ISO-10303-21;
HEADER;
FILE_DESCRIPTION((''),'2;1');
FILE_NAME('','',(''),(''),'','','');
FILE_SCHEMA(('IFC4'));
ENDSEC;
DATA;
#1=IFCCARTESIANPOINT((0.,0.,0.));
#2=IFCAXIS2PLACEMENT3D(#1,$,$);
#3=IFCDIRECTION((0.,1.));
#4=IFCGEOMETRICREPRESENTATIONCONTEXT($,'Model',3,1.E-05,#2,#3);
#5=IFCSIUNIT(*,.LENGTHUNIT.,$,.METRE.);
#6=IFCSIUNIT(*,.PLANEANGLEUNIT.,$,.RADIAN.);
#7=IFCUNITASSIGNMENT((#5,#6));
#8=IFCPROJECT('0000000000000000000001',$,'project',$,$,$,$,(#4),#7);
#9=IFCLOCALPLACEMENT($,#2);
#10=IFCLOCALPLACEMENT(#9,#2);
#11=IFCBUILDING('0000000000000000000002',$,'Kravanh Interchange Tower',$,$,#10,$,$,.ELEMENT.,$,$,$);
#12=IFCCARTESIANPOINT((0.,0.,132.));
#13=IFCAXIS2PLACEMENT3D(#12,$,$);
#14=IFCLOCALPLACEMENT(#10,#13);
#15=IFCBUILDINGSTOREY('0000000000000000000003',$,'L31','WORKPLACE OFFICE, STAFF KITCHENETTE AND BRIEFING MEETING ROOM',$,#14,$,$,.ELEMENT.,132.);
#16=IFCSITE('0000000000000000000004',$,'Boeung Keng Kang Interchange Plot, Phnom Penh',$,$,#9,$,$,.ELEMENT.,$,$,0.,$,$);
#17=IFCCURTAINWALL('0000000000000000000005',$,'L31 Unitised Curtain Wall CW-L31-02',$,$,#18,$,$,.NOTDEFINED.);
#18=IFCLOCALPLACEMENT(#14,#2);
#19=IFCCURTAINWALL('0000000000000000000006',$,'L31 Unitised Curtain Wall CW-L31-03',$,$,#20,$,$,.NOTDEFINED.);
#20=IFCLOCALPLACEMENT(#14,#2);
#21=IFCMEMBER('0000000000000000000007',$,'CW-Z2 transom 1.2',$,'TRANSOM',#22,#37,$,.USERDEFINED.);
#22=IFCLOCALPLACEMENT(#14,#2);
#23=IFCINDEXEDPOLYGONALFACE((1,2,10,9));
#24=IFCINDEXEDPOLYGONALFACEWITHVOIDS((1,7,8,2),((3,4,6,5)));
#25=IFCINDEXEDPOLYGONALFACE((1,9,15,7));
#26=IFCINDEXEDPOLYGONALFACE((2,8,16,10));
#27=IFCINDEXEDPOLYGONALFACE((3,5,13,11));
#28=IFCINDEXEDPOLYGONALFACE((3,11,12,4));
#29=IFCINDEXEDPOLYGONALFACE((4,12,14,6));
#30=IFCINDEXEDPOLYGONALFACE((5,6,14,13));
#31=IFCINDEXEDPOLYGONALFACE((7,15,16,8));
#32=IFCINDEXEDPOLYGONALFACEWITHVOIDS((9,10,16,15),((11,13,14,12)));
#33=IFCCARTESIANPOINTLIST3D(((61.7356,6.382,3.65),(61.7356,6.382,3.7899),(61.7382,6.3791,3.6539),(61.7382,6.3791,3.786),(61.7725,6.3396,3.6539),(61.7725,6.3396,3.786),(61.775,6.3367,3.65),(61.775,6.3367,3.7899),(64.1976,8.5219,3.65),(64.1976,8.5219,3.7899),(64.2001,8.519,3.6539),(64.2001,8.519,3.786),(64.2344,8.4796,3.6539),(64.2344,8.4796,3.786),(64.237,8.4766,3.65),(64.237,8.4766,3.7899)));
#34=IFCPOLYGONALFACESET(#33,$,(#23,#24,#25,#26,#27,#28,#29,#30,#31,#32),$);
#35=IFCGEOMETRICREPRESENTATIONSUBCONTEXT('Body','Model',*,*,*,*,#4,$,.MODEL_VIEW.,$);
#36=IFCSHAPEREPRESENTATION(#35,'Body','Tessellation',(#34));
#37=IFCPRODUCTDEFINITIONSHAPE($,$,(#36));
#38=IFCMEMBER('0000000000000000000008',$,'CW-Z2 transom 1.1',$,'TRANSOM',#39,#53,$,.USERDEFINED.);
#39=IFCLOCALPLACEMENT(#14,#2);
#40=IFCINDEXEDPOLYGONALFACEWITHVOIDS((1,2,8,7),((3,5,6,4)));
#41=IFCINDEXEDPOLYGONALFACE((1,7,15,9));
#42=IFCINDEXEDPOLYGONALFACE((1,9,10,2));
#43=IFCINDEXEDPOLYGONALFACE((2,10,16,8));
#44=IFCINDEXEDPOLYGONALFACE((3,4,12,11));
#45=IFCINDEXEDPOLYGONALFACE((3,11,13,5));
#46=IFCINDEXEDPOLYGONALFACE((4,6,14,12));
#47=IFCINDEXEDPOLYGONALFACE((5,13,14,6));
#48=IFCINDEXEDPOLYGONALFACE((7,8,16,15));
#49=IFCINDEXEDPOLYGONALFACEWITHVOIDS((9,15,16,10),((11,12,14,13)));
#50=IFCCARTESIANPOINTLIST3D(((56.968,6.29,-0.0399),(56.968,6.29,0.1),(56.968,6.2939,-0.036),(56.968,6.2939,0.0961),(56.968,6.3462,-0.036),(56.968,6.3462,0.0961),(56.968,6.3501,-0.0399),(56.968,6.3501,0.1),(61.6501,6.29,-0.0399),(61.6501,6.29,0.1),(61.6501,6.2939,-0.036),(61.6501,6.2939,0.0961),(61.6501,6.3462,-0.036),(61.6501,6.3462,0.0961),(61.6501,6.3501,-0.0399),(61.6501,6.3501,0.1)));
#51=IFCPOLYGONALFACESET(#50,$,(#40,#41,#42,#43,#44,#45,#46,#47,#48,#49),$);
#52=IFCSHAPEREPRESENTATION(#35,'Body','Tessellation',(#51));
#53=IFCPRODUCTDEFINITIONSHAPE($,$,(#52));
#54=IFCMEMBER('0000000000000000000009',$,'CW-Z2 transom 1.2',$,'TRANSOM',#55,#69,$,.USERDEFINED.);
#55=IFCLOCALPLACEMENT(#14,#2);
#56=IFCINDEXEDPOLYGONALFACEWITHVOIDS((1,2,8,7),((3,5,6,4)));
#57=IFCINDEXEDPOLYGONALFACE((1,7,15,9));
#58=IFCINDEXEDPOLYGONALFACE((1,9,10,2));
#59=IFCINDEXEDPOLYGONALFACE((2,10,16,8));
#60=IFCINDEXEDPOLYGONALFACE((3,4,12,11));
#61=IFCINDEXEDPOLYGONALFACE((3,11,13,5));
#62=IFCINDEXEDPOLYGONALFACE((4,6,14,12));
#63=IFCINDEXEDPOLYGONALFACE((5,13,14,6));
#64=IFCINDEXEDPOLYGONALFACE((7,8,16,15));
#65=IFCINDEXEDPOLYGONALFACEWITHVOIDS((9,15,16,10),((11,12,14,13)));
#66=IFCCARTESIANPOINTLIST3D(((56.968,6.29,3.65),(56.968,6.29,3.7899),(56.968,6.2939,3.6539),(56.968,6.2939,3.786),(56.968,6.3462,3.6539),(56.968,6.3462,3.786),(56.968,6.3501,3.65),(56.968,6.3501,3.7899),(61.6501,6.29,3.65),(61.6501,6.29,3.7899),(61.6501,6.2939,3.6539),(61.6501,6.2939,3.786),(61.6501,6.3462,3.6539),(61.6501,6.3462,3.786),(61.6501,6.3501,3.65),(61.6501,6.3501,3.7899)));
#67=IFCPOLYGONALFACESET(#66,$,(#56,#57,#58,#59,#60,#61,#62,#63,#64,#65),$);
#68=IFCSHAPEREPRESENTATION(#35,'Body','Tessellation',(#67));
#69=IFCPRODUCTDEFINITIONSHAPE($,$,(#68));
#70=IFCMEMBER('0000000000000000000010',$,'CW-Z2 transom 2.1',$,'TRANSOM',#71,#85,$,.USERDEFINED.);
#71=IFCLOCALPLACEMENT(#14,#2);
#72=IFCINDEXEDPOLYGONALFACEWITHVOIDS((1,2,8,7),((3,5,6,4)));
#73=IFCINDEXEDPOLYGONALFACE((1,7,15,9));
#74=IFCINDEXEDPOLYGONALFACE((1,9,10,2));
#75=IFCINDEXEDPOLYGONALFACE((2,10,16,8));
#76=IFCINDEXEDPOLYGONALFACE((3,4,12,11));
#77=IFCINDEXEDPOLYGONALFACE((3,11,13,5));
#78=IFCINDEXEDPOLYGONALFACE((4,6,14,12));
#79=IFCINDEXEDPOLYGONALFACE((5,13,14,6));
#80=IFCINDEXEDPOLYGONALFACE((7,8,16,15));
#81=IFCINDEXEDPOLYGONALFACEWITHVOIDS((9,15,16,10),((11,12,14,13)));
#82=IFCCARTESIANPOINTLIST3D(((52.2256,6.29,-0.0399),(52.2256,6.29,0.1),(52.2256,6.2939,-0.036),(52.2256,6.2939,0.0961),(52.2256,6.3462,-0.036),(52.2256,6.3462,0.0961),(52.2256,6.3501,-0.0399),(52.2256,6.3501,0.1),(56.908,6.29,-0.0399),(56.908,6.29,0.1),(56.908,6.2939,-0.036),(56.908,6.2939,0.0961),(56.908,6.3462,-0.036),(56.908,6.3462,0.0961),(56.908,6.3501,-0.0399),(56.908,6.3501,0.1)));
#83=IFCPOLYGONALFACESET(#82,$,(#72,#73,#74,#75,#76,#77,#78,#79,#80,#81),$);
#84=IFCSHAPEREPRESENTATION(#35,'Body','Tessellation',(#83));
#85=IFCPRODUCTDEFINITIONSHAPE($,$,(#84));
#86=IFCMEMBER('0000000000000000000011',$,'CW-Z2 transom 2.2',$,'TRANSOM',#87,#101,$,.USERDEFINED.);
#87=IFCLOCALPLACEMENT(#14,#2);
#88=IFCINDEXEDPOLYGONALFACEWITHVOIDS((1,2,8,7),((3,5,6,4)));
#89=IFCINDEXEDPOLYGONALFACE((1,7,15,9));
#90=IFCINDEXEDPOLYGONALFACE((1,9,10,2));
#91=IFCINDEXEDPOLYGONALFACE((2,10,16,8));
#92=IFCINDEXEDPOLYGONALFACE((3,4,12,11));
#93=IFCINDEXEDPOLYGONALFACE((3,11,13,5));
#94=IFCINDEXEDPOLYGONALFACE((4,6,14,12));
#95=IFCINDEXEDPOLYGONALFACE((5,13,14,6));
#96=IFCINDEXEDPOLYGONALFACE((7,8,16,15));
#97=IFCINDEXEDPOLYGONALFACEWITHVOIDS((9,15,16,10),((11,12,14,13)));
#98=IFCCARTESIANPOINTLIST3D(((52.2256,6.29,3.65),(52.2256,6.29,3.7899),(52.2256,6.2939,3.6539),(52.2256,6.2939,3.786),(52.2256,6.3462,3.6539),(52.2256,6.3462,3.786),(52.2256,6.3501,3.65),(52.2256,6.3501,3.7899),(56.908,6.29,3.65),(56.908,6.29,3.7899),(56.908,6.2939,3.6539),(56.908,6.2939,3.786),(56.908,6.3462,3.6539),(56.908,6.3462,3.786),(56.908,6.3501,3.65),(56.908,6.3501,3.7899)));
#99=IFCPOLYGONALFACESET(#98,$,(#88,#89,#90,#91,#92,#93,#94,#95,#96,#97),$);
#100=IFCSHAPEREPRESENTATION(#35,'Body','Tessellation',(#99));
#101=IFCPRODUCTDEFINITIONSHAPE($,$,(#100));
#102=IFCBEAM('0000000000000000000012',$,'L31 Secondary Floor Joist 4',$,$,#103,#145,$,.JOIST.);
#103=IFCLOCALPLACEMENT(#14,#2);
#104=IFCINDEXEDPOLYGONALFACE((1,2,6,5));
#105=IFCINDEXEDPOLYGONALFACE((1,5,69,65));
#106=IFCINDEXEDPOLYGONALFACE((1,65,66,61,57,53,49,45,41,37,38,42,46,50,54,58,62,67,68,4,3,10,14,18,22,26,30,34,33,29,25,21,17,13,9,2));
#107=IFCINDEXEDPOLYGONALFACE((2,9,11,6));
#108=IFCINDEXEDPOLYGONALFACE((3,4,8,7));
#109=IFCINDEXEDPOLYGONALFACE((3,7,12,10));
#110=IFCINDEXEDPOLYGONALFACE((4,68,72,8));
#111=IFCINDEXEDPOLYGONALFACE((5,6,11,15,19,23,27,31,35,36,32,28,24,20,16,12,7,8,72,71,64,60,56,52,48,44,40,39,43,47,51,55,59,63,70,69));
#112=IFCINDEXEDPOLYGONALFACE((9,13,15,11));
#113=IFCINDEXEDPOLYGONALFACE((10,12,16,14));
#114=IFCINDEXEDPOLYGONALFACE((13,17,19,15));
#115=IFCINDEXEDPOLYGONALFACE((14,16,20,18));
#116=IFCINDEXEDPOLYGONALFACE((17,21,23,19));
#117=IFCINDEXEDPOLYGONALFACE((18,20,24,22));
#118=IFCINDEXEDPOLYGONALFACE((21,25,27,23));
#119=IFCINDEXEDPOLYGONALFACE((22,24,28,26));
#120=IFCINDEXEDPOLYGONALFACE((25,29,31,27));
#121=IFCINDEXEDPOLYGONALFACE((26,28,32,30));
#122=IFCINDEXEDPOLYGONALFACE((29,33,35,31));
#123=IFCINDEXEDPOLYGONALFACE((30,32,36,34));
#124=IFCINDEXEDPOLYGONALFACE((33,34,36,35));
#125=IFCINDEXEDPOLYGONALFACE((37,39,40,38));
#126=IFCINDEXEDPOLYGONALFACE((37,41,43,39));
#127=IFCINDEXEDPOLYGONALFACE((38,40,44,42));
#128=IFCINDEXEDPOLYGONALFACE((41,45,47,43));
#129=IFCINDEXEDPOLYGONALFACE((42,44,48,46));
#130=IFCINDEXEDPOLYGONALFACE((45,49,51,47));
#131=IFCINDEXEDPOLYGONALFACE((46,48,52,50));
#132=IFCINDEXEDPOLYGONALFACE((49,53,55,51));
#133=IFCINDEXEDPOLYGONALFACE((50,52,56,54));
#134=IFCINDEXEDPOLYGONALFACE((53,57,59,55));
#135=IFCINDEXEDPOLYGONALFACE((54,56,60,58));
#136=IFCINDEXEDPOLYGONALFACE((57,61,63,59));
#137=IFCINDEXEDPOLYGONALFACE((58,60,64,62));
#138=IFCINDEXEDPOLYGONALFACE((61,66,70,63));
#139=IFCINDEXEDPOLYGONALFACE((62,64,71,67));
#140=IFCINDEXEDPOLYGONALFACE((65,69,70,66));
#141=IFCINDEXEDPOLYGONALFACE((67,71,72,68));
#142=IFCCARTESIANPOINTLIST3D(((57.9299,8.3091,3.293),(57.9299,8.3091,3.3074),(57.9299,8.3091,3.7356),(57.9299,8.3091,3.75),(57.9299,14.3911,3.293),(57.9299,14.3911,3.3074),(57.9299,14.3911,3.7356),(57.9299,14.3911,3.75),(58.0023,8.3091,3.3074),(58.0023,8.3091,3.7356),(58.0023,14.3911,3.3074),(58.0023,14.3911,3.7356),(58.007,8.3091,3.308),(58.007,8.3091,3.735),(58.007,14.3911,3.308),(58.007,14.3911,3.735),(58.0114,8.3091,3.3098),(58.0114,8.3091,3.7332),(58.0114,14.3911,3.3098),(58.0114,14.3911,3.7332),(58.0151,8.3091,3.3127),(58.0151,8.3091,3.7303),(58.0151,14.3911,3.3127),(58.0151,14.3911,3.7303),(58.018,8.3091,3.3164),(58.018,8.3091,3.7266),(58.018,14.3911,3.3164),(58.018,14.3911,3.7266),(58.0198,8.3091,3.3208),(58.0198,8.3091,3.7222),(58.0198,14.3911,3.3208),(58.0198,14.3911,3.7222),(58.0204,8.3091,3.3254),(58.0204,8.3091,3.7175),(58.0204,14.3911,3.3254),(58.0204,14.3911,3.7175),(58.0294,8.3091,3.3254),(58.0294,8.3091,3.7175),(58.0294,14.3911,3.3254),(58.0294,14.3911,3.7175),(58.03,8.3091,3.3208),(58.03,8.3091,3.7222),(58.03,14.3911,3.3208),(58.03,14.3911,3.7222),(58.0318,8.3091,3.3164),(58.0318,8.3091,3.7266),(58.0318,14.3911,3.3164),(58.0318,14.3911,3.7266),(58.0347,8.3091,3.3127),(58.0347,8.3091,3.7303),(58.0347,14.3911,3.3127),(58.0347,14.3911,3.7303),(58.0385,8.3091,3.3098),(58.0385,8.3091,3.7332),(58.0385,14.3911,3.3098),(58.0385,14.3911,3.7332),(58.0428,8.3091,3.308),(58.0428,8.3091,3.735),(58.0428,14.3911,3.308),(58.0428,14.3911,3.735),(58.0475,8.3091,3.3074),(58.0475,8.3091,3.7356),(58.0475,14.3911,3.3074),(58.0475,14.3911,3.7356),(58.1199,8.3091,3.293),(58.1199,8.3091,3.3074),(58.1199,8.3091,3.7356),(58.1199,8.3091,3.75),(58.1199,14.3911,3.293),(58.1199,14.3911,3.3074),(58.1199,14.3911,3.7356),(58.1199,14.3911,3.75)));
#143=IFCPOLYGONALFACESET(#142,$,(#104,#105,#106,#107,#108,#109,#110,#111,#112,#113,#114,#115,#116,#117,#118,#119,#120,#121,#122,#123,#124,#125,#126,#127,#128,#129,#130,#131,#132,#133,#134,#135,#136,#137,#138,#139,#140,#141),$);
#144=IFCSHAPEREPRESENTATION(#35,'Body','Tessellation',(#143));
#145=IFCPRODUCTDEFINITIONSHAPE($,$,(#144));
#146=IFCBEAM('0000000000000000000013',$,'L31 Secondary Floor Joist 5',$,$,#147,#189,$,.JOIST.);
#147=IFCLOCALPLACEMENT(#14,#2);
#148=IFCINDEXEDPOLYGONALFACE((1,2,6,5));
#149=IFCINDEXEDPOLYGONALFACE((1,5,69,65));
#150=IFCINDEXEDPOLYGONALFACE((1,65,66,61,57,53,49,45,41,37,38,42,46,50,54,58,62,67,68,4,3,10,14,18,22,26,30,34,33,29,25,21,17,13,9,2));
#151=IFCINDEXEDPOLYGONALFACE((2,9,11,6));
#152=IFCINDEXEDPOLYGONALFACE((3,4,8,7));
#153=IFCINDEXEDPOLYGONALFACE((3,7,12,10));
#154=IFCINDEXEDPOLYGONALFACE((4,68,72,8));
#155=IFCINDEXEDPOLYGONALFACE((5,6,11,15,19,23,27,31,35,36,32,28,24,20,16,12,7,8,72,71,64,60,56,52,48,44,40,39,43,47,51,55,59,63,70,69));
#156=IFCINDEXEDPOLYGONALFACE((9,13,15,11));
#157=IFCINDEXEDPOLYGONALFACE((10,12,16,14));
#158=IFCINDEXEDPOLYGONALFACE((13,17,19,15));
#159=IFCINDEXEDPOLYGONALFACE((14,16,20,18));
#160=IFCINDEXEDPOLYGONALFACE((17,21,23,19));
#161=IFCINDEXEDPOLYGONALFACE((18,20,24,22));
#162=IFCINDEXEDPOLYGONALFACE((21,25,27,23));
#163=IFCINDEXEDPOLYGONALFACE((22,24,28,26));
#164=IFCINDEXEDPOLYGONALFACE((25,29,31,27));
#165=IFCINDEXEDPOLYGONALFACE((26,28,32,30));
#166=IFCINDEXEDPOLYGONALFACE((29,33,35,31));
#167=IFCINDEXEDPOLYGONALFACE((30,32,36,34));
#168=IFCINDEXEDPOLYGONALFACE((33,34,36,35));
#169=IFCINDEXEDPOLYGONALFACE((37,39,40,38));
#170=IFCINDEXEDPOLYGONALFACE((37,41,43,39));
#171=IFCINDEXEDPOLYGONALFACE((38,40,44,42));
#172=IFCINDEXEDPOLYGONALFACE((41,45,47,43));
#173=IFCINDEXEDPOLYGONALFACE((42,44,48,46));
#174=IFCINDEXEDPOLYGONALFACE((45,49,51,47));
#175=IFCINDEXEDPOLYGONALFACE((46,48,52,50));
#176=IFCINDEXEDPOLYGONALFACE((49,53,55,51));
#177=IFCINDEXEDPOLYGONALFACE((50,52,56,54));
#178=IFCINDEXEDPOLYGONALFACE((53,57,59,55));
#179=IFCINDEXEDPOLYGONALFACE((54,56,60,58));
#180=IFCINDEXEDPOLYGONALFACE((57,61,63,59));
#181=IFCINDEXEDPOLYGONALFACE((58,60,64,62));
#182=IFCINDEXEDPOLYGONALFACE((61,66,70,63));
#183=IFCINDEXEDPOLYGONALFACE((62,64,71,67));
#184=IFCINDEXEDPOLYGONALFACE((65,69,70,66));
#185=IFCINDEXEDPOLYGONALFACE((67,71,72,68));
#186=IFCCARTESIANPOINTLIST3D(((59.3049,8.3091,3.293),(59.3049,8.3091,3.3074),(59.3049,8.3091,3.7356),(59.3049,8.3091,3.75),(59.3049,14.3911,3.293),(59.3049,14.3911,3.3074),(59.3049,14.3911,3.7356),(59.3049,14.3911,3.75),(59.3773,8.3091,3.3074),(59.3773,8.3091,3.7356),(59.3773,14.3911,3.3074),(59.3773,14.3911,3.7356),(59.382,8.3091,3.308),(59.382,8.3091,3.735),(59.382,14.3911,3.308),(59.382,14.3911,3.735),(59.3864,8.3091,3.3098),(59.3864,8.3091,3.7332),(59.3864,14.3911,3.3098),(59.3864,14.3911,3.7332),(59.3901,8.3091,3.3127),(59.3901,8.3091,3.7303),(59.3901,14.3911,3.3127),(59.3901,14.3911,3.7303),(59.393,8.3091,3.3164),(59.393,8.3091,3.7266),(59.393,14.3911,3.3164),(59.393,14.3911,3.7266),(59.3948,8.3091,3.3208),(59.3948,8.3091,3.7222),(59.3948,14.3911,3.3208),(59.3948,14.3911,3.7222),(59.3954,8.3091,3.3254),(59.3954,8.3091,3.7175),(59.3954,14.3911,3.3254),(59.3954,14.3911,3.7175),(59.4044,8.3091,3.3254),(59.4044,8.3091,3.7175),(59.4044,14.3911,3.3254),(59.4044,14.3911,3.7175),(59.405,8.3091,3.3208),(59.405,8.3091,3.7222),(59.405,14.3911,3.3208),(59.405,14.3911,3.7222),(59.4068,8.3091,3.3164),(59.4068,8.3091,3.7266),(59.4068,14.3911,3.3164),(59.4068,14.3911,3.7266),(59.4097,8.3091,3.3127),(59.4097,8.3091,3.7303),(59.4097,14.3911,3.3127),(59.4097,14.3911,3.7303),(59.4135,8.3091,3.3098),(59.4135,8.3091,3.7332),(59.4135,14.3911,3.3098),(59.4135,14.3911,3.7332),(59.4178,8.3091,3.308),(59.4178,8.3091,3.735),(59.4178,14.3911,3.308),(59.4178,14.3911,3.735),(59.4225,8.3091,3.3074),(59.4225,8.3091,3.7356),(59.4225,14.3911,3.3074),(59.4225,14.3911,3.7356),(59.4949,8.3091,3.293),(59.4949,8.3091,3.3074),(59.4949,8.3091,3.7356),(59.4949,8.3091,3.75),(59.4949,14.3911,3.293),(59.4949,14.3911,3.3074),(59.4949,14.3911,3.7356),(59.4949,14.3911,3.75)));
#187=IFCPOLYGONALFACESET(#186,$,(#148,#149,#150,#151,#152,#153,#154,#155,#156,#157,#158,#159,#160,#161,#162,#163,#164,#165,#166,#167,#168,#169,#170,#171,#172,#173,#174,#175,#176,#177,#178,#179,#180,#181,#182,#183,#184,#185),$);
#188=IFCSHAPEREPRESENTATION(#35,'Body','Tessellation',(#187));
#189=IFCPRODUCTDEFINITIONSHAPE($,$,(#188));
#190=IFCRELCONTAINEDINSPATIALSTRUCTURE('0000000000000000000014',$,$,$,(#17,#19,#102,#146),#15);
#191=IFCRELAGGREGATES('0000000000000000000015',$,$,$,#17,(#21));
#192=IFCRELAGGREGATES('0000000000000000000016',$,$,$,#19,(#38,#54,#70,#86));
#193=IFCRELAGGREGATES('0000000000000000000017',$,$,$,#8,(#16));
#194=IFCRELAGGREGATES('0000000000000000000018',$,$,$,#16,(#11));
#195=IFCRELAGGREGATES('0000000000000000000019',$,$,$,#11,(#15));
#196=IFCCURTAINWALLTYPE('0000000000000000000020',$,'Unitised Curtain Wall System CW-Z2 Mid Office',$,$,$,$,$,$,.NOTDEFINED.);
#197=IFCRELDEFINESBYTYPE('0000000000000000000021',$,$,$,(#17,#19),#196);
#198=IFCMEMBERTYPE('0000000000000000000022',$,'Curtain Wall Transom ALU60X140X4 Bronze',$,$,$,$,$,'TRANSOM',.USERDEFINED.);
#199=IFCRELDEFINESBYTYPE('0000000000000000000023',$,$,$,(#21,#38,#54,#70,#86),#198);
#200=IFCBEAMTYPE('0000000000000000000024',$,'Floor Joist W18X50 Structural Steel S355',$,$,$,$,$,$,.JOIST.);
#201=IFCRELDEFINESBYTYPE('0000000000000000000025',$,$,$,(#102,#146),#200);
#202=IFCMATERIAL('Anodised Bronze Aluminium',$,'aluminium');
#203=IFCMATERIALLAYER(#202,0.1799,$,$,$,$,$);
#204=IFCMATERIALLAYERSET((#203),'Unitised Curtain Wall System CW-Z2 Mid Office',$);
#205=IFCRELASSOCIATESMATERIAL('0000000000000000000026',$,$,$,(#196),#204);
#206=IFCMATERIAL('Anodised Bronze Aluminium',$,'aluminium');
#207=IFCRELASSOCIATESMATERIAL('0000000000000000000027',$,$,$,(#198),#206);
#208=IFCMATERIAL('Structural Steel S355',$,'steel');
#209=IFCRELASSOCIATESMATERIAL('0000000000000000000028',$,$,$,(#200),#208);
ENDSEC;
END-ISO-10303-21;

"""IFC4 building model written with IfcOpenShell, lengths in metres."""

from ifc_helpers import new_model, si_unit, direction, frame, origin, origin_2d, place, context, subcontext, project, spatial, hollow_rectangle, i_section, extrude, material, layer, layer_set, material_profile, profile_set, type_object, element, aggregate, save


model = new_model("IFC4")

# Units and contexts
model_context = context("Model", 3, precision=1e-05, world=origin(), true_north=direction((0.0, 1.0)))
body_context = subcontext(model_context, "Body", "Model", "MODEL_VIEW")
ifc_project = project(units=[si_unit("LENGTHUNIT", "METRE"), si_unit("PLANEANGLEUNIT", "RADIAN")], contexts=[model_context])

# Site, building, storey
site_placement = place(None, origin())
site = spatial("IfcSite", under=ifc_project, at=site_placement, Name="Boeung Keng Kang Interchange Plot, Phnom Penh", CompositionType="ELEMENT", RefElevation=0.0)
building_placement = place(site_placement, origin())
building = spatial("IfcBuilding", under=site, at=building_placement, Name="Kravanh Interchange Tower", CompositionType="ELEMENT")
storey_placement = place(building_placement, frame((0.0, 0.0, 132.0)))
storey = spatial("IfcBuildingStorey", under=building, at=storey_placement, Name="L31", Description="WORKPLACE OFFICE, STAFF KITCHENETTE AND BRIEFING MEETING ROOM", CompositionType="ELEMENT", Elevation=132.0)

# Curtain walls
ifc_material_1 = material(Name="Anodised Bronze Aluminium", Category="aluminium")
ifc_layer_1 = layer(ifc_material_1, 0.1799)
ifc_layer_set_1 = layer_set([ifc_layer_1], Name="Unitised Curtain Wall System CW-Z2 Mid Office")
curtain_wall_type = type_object("IfcCurtainWallType", Name="Unitised Curtain Wall System CW-Z2 Mid Office", PredefinedType="NOTDEFINED", material=ifc_layer_set_1)
curtain_wall_1_placement = place(storey_placement, origin())
curtain_wall_1 = element("IfcCurtainWall", 1, at=curtain_wall_1_placement, inside=storey, type_object=curtain_wall_type, Name="L31 Unitised Curtain Wall CW-L31-02", PredefinedType="NOTDEFINED")
curtain_wall_2_placement = place(storey_placement, origin())
curtain_wall_2 = element("IfcCurtainWall", 2, at=curtain_wall_2_placement, inside=storey, type_object=curtain_wall_type, Name="L31 Unitised Curtain Wall CW-L31-03", PredefinedType="NOTDEFINED")

# Members
ifc_material_2 = material(Name="Anodised Bronze Aluminium", Category="aluminium")
ifc_material_profile_1 = material_profile(ifc_material_2, hollow_rectangle(XDim=0.0601, YDim=0.1399, WallThickness=0.0039, at=origin_2d()), Name="ALU60X140X4")
ifc_profile_set_1 = profile_set([ifc_material_profile_1], Name="Anodised Bronze Aluminium")
member_type_1 = type_object("IfcMemberType", Name="Curtain Wall Transom ALU60X140X4 Bronze", ElementType="TRANSOM", PredefinedType="USERDEFINED", material=ifc_profile_set_1)
member_1_placement = place(storey_placement, frame((64.2173, 8.4993, 3.72), z_axis=(-0.754742, -0.656021, 0.0), x_axis=(0.656021, -0.754742, 0.0)))
member_1 = element("IfcMember", 3, at=member_1_placement, type_object=member_type_1, Name="CW-Z2 transom 1.2", ObjectType="TRANSOM", PredefinedType="USERDEFINED", context=body_context, shape_type="SweptSolid", body=[
    extrude(hollow_rectangle(XDim=0.0601, YDim=0.1399, WallThickness=0.0039, at=origin_2d()), origin(), (0.0, 0.0, 1.0), 3.262),
])
member_2_placement = place(storey_placement, frame((61.6501, 6.3201, 0.03), z_axis=(-1.0, 0.0, 0.0), x_axis=(0.0, -1.0, 0.0)))
member_2 = element("IfcMember", 4, at=member_2_placement, type_object=member_type_1, Name="CW-Z2 transom 1.1", ObjectType="TRANSOM", PredefinedType="USERDEFINED", context=body_context, shape_type="SweptSolid", body=[
    extrude(hollow_rectangle(XDim=0.0601, YDim=0.1399, WallThickness=0.0039, at=origin_2d()), origin(), (0.0, 0.0, 1.0), 4.6821),
])
member_3_placement = place(storey_placement, frame((61.6501, 6.3201, 3.72), z_axis=(-1.0, 0.0, 0.0), x_axis=(0.0, -1.0, 0.0)))
member_3 = element("IfcMember", 5, at=member_3_placement, type_object=member_type_1, Name="CW-Z2 transom 1.2", ObjectType="TRANSOM", PredefinedType="USERDEFINED", context=body_context, shape_type="SweptSolid", body=[
    extrude(hollow_rectangle(XDim=0.0601, YDim=0.1399, WallThickness=0.0039, at=origin_2d()), origin(), (0.0, 0.0, 1.0), 4.6821),
])
member_4_placement = place(storey_placement, frame((56.908, 6.3201, 0.03), z_axis=(-1.0, 0.0, 0.0), x_axis=(0.0, -1.0, 0.0)))
member_4 = element("IfcMember", 6, at=member_4_placement, type_object=member_type_1, Name="CW-Z2 transom 2.1", ObjectType="TRANSOM", PredefinedType="USERDEFINED", context=body_context, shape_type="SweptSolid", body=[
    extrude(hollow_rectangle(XDim=0.0601, YDim=0.1399, WallThickness=0.0039, at=origin_2d()), origin(), (0.0, 0.0, 1.0), 4.6824),
])
member_5_placement = place(storey_placement, frame((56.908, 6.3201, 3.72), z_axis=(-1.0, 0.0, 0.0), x_axis=(0.0, -1.0, 0.0)))
member_5 = element("IfcMember", 7, at=member_5_placement, type_object=member_type_1, Name="CW-Z2 transom 2.2", ObjectType="TRANSOM", PredefinedType="USERDEFINED", context=body_context, shape_type="SweptSolid", body=[
    extrude(hollow_rectangle(XDim=0.0601, YDim=0.1399, WallThickness=0.0039, at=origin_2d()), origin(), (0.0, 0.0, 1.0), 4.6824),
])

# Beams
ifc_material_3 = material(Name="Structural Steel S355", Category="steel")
ifc_material_profile_2 = material_profile(ifc_material_3, i_section(OverallWidth=0.1899, OverallDepth=0.457, WebThickness=0.009, FlangeThickness=0.0144, FilletRadius=0.0181, at=origin_2d()), Name="W18X50")
ifc_profile_set_2 = profile_set([ifc_material_profile_2], Name="Structural Steel S355")
beam_type_1 = type_object("IfcBeamType", Name="Floor Joist W18X50 Structural Steel S355", PredefinedType="JOIST", material=ifc_profile_set_2)
for number, where, z_axis, x_axis, name in (
    (8, (58.0249, 8.3091, 3.5215), (0.0, 1.0, 0.0), (-1.0, 0.0, 0.0), "L31 Secondary Floor Joist 4"),
    (9, (59.3999, 8.3091, 3.5215), (0.0, 1.0, 0.0), (-1.0, 0.0, 0.0), "L31 Secondary Floor Joist 5"),
):
    element("IfcBeam", number, at=place(storey_placement, frame(where, z_axis=z_axis, x_axis=x_axis)), inside=storey, type_object=beam_type_1, Name=name, PredefinedType="JOIST", context=body_context, shape_type="SweptSolid", body=[
        extrude(i_section(OverallWidth=0.1899, OverallDepth=0.457, WebThickness=0.009, FlangeThickness=0.0144, FilletRadius=0.0181, at=origin_2d()), origin(), (0.0, 0.0, 1.0), 6.082),
    ])

aggregate(curtain_wall_1, [member_1])
aggregate(curtain_wall_2, [member_2, member_3, member_4, member_5])

save(model, "model.ifc")
